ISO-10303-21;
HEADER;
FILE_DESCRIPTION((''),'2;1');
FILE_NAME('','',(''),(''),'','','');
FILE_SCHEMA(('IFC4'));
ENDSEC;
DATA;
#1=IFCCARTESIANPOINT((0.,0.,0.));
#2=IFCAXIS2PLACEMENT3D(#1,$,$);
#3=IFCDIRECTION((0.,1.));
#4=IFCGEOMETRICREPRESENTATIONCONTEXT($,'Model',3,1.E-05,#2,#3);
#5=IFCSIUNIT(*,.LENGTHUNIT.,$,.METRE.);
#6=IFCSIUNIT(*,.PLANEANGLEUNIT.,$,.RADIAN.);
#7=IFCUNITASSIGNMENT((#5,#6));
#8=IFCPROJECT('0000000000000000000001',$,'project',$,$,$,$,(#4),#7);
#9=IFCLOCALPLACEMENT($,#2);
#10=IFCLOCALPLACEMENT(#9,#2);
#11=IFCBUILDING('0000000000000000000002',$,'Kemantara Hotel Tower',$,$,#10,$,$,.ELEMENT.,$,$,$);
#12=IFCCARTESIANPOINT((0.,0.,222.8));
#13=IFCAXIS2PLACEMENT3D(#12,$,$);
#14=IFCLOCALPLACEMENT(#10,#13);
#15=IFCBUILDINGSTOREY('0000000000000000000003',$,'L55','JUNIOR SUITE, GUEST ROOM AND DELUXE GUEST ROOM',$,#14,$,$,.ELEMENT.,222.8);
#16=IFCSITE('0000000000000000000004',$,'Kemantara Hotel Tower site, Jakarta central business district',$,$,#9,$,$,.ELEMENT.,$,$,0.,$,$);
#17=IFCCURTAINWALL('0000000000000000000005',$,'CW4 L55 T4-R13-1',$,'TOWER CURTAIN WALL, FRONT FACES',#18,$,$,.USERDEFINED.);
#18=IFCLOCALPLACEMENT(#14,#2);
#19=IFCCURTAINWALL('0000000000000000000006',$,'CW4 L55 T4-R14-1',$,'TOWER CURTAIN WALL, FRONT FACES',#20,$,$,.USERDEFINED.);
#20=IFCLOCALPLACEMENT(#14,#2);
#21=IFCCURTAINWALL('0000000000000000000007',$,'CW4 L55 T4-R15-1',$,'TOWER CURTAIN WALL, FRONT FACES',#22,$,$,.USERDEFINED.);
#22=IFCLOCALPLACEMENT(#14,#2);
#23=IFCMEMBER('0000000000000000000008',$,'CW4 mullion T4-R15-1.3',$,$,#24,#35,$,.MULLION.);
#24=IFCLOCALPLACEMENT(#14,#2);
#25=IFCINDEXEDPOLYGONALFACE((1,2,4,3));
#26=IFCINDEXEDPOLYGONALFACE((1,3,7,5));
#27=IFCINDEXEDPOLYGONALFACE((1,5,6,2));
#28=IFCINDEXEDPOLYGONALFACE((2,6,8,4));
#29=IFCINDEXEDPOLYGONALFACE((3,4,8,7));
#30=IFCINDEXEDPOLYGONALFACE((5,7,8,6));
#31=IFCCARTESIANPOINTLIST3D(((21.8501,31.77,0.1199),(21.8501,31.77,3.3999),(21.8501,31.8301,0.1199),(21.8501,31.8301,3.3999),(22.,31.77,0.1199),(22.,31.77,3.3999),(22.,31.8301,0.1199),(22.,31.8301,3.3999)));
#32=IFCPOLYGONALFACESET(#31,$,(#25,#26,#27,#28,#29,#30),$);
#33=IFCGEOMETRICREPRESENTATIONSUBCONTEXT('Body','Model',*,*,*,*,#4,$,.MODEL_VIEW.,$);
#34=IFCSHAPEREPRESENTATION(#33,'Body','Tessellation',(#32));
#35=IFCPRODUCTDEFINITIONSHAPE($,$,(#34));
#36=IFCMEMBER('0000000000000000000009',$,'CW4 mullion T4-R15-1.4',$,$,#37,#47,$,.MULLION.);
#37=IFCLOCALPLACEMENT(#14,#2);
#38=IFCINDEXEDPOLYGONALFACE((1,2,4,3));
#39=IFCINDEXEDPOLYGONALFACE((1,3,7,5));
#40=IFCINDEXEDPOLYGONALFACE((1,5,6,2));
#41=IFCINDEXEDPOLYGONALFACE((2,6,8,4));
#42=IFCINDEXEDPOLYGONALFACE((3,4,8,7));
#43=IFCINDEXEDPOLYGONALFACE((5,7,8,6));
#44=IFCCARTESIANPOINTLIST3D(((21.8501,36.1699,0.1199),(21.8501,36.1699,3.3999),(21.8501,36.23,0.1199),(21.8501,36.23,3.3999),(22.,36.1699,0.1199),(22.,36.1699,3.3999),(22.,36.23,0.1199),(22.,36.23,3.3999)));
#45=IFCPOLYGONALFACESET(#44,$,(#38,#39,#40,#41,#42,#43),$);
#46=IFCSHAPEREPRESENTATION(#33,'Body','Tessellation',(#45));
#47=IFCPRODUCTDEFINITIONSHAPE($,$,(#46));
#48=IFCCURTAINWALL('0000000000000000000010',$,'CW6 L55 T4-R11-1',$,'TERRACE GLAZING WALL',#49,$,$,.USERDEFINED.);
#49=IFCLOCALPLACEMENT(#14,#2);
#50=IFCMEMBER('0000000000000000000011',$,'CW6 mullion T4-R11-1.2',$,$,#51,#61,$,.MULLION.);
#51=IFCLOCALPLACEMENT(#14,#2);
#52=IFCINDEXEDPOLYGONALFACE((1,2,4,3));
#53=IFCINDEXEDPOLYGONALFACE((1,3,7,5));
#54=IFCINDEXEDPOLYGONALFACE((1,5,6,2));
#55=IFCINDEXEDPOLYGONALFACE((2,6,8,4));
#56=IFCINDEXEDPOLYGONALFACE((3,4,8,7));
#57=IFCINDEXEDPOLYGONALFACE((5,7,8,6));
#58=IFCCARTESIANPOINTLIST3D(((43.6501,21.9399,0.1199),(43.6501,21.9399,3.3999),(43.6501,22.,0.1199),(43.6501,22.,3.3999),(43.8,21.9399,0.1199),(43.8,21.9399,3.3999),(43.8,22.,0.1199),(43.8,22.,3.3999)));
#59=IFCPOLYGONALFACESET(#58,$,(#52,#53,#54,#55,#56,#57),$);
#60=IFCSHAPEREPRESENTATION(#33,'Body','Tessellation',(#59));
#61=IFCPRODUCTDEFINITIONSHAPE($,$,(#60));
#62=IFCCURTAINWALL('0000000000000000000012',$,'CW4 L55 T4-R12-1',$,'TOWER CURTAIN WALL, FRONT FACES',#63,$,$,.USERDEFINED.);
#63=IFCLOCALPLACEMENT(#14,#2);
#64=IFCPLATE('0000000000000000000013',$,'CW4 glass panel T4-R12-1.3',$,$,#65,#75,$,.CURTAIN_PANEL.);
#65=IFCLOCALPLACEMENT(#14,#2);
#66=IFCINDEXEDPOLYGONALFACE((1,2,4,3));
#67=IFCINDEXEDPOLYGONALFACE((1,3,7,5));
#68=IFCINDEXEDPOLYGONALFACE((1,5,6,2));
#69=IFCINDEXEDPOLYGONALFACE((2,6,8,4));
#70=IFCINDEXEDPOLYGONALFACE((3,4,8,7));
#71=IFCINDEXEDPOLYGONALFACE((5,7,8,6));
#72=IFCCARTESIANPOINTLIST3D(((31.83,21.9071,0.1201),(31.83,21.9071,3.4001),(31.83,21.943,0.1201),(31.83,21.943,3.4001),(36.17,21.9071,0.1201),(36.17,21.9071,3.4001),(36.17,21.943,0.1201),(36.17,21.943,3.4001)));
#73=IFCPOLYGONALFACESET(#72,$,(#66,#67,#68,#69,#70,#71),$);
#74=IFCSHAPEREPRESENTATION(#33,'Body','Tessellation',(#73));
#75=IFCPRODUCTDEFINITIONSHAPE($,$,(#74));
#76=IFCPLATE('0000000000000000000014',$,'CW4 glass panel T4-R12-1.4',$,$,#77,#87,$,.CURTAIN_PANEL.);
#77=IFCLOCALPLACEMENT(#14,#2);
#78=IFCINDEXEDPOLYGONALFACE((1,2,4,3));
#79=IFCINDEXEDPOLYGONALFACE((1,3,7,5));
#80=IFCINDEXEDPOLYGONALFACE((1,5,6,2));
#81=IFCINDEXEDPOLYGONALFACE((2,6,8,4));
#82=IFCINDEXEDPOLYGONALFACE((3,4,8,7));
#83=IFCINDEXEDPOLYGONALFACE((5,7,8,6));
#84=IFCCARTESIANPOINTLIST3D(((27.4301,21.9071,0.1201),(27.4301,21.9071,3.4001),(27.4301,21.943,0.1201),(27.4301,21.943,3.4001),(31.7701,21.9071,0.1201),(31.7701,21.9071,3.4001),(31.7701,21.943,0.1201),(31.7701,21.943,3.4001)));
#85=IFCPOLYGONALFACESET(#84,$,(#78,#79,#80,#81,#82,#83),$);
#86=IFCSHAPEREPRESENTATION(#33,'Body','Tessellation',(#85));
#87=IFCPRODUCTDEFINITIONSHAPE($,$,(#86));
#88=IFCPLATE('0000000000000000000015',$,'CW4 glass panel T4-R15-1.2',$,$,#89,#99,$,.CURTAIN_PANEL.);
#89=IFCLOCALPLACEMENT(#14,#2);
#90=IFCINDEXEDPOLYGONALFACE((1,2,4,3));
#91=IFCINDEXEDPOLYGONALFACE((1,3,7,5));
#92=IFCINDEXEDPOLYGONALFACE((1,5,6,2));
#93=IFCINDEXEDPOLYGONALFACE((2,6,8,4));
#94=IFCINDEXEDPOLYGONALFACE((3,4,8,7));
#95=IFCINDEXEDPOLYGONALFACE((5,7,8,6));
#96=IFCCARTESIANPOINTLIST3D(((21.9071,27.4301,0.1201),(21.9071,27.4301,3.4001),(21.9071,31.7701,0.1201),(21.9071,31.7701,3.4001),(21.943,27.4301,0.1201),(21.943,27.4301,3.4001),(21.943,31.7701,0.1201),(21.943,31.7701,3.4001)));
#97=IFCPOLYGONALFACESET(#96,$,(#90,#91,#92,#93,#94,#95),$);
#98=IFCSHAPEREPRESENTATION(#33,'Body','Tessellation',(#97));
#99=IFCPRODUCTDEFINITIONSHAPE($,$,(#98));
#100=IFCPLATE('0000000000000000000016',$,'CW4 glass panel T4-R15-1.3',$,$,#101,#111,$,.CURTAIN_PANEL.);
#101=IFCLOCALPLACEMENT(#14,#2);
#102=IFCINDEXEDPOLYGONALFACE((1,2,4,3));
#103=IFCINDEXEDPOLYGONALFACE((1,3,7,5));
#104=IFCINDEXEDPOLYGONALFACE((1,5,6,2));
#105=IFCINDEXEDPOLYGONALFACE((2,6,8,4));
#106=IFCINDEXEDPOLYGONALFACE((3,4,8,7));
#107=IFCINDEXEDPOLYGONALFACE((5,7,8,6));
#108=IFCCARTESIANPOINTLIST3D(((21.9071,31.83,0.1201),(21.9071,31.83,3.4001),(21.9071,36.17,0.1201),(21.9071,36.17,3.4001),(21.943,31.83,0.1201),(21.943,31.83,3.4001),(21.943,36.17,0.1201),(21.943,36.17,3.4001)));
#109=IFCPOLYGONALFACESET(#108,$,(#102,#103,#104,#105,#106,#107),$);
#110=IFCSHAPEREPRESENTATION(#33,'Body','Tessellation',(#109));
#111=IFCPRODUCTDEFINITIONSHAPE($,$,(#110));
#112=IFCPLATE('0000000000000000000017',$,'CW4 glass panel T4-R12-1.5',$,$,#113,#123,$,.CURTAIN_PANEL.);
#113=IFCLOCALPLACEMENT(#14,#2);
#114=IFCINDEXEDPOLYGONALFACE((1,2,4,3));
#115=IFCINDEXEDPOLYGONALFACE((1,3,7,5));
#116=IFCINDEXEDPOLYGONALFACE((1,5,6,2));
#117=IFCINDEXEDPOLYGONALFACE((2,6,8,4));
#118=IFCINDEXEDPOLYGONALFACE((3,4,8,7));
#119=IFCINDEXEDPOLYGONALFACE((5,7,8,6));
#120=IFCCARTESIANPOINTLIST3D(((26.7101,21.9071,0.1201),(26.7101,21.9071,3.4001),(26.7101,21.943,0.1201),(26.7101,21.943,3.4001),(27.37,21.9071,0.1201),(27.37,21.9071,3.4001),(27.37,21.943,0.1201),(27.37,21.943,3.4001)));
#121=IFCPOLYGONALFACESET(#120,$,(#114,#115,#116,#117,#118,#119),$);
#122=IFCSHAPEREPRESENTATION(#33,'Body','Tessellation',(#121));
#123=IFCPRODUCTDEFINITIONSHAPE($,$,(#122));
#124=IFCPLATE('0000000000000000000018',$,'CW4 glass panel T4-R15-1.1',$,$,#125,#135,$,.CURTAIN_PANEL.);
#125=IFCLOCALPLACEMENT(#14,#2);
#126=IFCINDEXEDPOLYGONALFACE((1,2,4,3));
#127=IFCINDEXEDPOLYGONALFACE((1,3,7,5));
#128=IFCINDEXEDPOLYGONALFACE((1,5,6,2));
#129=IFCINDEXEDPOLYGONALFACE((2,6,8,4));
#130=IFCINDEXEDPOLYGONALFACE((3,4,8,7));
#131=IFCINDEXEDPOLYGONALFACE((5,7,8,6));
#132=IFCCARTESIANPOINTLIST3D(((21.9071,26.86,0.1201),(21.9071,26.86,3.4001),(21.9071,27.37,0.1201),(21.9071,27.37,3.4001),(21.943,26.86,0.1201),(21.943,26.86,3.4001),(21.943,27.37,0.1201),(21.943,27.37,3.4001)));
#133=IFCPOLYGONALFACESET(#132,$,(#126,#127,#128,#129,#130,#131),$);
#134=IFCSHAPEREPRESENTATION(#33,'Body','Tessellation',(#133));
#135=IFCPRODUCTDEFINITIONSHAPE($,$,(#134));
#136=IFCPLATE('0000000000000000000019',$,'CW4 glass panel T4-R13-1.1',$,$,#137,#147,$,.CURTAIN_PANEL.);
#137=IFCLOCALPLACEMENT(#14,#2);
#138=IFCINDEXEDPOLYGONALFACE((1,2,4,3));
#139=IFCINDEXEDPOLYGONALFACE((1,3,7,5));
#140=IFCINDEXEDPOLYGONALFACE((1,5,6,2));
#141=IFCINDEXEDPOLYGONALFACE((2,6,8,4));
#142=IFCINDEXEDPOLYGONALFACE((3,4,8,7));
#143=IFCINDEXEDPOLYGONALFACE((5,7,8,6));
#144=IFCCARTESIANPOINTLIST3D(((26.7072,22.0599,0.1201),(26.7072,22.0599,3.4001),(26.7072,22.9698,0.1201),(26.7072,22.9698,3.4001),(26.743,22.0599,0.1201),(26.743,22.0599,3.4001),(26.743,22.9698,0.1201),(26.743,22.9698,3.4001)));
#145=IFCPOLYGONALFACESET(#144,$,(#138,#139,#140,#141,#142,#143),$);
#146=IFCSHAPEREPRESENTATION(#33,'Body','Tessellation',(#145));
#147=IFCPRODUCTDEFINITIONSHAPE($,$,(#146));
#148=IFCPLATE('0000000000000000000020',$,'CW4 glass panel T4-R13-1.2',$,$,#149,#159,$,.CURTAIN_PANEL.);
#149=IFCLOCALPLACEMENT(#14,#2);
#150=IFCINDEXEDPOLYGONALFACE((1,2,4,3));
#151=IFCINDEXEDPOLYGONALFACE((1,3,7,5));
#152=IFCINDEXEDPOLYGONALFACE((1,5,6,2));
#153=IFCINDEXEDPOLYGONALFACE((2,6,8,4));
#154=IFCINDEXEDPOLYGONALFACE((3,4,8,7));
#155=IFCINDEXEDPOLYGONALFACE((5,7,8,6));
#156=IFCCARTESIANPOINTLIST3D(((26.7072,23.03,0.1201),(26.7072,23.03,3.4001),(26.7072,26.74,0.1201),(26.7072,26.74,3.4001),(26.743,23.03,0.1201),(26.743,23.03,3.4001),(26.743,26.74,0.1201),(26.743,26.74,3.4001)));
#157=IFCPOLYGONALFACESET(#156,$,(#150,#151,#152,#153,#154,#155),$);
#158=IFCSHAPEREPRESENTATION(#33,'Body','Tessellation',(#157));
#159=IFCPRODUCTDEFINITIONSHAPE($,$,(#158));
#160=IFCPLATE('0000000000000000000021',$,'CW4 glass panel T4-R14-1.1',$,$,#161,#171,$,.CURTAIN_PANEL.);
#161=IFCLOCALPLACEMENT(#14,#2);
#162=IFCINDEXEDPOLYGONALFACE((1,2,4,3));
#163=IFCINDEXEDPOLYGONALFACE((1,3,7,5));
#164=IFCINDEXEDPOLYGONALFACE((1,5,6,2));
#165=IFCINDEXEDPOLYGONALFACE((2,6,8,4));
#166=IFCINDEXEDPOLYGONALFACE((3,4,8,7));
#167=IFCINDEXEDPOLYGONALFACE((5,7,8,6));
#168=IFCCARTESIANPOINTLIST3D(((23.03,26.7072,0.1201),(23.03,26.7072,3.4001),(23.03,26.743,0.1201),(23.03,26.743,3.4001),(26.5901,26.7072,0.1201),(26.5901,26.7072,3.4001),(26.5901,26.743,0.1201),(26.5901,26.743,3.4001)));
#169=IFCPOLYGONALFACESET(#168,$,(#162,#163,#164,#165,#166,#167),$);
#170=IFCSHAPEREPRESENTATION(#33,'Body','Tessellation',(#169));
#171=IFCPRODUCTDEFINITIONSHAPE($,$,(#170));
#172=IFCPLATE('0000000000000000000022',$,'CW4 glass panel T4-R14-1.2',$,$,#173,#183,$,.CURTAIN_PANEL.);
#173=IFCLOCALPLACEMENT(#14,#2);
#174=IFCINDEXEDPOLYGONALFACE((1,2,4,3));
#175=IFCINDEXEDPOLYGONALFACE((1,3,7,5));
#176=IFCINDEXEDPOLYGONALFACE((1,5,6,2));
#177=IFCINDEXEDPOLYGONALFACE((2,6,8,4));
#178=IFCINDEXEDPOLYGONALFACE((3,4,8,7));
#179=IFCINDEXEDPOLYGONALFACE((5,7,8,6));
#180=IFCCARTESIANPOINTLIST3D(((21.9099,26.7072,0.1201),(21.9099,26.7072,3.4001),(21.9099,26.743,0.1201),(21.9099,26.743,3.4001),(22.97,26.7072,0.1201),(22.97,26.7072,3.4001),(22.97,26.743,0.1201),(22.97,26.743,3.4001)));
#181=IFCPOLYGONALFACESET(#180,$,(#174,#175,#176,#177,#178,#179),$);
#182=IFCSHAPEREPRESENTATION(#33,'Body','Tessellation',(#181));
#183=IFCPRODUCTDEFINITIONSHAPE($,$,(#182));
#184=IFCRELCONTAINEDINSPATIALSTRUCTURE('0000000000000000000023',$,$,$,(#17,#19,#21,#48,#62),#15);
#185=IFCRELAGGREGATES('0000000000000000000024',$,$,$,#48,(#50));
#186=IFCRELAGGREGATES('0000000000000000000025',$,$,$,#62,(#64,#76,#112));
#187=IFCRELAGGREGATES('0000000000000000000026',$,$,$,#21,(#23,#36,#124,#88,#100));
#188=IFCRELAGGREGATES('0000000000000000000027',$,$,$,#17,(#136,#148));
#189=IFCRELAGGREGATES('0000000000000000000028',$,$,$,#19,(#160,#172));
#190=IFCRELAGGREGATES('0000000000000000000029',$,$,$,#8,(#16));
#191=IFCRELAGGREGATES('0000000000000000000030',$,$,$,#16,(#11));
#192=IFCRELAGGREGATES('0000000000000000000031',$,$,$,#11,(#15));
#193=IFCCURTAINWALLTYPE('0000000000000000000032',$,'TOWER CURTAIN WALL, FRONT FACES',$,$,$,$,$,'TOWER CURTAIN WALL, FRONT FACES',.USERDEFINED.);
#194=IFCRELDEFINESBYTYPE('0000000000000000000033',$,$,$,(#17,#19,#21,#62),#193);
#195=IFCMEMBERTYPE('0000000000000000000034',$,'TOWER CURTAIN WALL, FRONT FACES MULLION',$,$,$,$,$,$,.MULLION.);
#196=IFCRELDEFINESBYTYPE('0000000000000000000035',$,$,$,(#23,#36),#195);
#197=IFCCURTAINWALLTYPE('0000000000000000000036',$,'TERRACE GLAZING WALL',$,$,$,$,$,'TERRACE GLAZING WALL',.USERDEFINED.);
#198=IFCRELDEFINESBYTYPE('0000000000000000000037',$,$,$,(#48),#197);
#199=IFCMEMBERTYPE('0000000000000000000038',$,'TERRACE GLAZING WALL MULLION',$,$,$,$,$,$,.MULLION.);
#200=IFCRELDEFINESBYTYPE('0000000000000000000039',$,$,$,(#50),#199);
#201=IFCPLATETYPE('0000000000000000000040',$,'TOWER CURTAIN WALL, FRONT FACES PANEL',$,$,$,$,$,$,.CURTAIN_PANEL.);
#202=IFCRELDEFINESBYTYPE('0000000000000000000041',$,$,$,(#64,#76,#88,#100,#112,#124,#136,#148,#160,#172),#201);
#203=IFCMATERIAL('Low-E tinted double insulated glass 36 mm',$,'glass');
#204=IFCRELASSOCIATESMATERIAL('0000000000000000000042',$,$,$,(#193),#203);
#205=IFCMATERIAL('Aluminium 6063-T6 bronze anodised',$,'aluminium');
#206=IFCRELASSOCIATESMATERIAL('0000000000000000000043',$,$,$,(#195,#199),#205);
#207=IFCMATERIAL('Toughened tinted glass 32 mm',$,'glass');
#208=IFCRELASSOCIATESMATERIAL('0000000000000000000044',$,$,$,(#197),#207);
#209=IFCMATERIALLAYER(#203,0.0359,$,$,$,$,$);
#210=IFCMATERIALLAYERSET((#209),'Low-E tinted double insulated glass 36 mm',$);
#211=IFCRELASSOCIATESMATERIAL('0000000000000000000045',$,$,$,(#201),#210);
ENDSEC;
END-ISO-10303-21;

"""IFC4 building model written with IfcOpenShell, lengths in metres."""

from ifc_helpers import new_model, si_unit, direction, frame, origin, origin_2d, place, context, subcontext, project, spatial, rectangle, extrude, source, transform, mapped, material, layer, layer_set, material_profile, profile_set, type_object, element, aggregate, save


model = new_model("IFC4")

# Units and contexts
model_context = context("Model", 3, precision=1e-05, world=origin(), true_north=direction((0.0, 1.0)))
body_context = subcontext(model_context, "Body", "Model", "MODEL_VIEW")
ifc_project = project(units=[si_unit("LENGTHUNIT", "METRE"), si_unit("PLANEANGLEUNIT", "RADIAN")], contexts=[model_context])

# Site, building, storey
site_placement = place(None, origin())
site = spatial("IfcSite", under=ifc_project, at=site_placement, Name="Kemantara Hotel Tower site, Jakarta central business district", CompositionType="ELEMENT", RefElevation=0.0)
building_placement = place(site_placement, origin())
building = spatial("IfcBuilding", under=site, at=building_placement, Name="Kemantara Hotel Tower", CompositionType="ELEMENT")
storey_placement = place(building_placement, frame((0.0, 0.0, 222.8)))
storey = spatial("IfcBuildingStorey", under=building, at=storey_placement, Name="L55", Description="JUNIOR SUITE, GUEST ROOM AND DELUXE GUEST ROOM", CompositionType="ELEMENT", Elevation=222.8)

# Curtain walls
ifc_material_1 = material(Name="Low-E tinted double insulated glass 36 mm", Category="glass")
curtain_wall_type_1 = type_object("IfcCurtainWallType", Name="TOWER CURTAIN WALL, FRONT FACES", ElementType="TOWER CURTAIN WALL, FRONT FACES", PredefinedType="USERDEFINED", material=ifc_material_1)
curtain_wall_1_placement = place(storey_placement, origin())
curtain_wall_1 = element("IfcCurtainWall", 1, at=curtain_wall_1_placement, inside=storey, type_object=curtain_wall_type_1, Name="CW4 L55 T4-R13-1", ObjectType="TOWER CURTAIN WALL, FRONT FACES", PredefinedType="USERDEFINED")
ifc_material_2 = material(Name="Aluminium 6063-T6 bronze anodised", Category="aluminium")
curtain_wall_2_placement = place(storey_placement, origin())
curtain_wall_2 = element("IfcCurtainWall", 2, at=curtain_wall_2_placement, inside=storey, type_object=curtain_wall_type_1, Name="CW4 L55 T4-R14-1", ObjectType="TOWER CURTAIN WALL, FRONT FACES", PredefinedType="USERDEFINED")
curtain_wall_3_placement = place(storey_placement, origin())
curtain_wall_3 = element("IfcCurtainWall", 3, at=curtain_wall_3_placement, inside=storey, type_object=curtain_wall_type_1, Name="CW4 L55 T4-R15-1", ObjectType="TOWER CURTAIN WALL, FRONT FACES", PredefinedType="USERDEFINED")

# Members
ifc_material_profile_1 = material_profile(ifc_material_2, rectangle(XDim=0.1499, YDim=0.0601, at=origin_2d()), Name="TOWER CURTAIN WALL, FRONT FACES MULLION")
ifc_profile_set_1 = profile_set([ifc_material_profile_1], Name="Aluminium 6063-T6 bronze anodised")
member_type_1 = type_object("IfcMemberType", Name="TOWER CURTAIN WALL, FRONT FACES MULLION", PredefinedType="MULLION", material=ifc_profile_set_1)
shared_shape_1 = source(origin(), body_context, "Body", "SweptSolid", [
    extrude(rectangle(XDim=0.1499, YDim=0.0601, at=origin_2d()), origin(), (0.0, 0.0, 1.0), 3.28),
])
member_1_placement = place(storey_placement, frame((21.925, 31.8, 0.1199), z_axis=(0.0, 0.0, 1.0), x_axis=(-1.0, 0.0, 0.0)))
member_1 = element("IfcMember", 4, at=member_1_placement, type_object=member_type_1, Name="CW4 mullion T4-R15-1.3", PredefinedType="MULLION", context=body_context, shape_type="MappedRepresentation", body=[
    mapped(shared_shape_1, transform((0.0, 0.0, 0.0))),
])
member_2_placement = place(storey_placement, frame((21.925, 36.2, 0.1199), z_axis=(0.0, 0.0, 1.0), x_axis=(-1.0, 0.0, 0.0)))
member_2 = element("IfcMember", 5, at=member_2_placement, type_object=member_type_1, Name="CW4 mullion T4-R15-1.4", PredefinedType="MULLION", context=body_context, shape_type="MappedRepresentation", body=[
    mapped(shared_shape_1, transform((0.0, 0.0, 0.0))),
])

# Curtain wall, member
ifc_material_3 = material(Name="Toughened tinted glass 32 mm", Category="glass")
curtain_wall_type_2 = type_object("IfcCurtainWallType", Name="TERRACE GLAZING WALL", ElementType="TERRACE GLAZING WALL", PredefinedType="USERDEFINED", material=ifc_material_3)
curtain_wall_4_placement = place(storey_placement, origin())
curtain_wall_4 = element("IfcCurtainWall", 6, at=curtain_wall_4_placement, inside=storey, type_object=curtain_wall_type_2, Name="CW6 L55 T4-R11-1", ObjectType="TERRACE GLAZING WALL", PredefinedType="USERDEFINED")
ifc_material_profile_2 = material_profile(ifc_material_2, rectangle(XDim=0.1499, YDim=0.0601, at=origin_2d()), Name="TERRACE GLAZING WALL MULLION")
ifc_profile_set_2 = profile_set([ifc_material_profile_2], Name="Aluminium 6063-T6 bronze anodised")
member_type_2 = type_object("IfcMemberType", Name="TERRACE GLAZING WALL MULLION", PredefinedType="MULLION", material=ifc_profile_set_2)
shared_shape_2 = source(origin(), body_context, "Body", "SweptSolid", [
    extrude(rectangle(XDim=0.1499, YDim=0.0601, at=origin_2d()), origin(), (0.0, 0.0, 1.0), 3.28),
])
member_3_placement = place(storey_placement, frame((43.7251, 21.97, 0.1199), z_axis=(0.0, 0.0, 1.0), x_axis=(-1.0, 0.0, 0.0)))
member_3 = element("IfcMember", 7, at=member_3_placement, type_object=member_type_2, Name="CW6 mullion T4-R11-1.2", PredefinedType="MULLION", context=body_context, shape_type="MappedRepresentation", body=[
    mapped(shared_shape_2, transform((0.0, 0.0, 0.0))),
])
aggregate(curtain_wall_4, [member_3])

# Curtain wall, plates
curtain_wall_5_placement = place(storey_placement, origin())
curtain_wall_5 = element("IfcCurtainWall", 8, at=curtain_wall_5_placement, inside=storey, type_object=curtain_wall_type_1, Name="CW4 L55 T4-R12-1", ObjectType="TOWER CURTAIN WALL, FRONT FACES", PredefinedType="USERDEFINED")
ifc_layer_1 = layer(ifc_material_1, 0.0359)
ifc_layer_set_1 = layer_set([ifc_layer_1], Name="Low-E tinted double insulated glass 36 mm")
plate_type = type_object("IfcPlateType", Name="TOWER CURTAIN WALL, FRONT FACES PANEL", PredefinedType="CURTAIN_PANEL", material=ifc_layer_set_1)
shared_shape_3 = source(origin(), body_context, "Body", "SweptSolid", [
    extrude(rectangle(XDim=4.3401, YDim=0.0359, at=origin_2d()), origin(), (0.0, 0.0, 1.0), 3.28),
])
plate_1_placement = place(storey_placement, frame((34.0, 21.925, 0.1201), z_axis=(0.0, 0.0, 1.0), x_axis=(-1.0, 0.0, 0.0)))
plate_1 = element("IfcPlate", 9, at=plate_1_placement, type_object=plate_type, Name="CW4 glass panel T4-R12-1.3", PredefinedType="CURTAIN_PANEL", context=body_context, shape_type="MappedRepresentation", body=[
    mapped(shared_shape_3, transform((0.0, 0.0, 0.0))),
])
plate_2_placement = place(storey_placement, frame((29.6001, 21.925, 0.1201), z_axis=(0.0, 0.0, 1.0), x_axis=(-1.0, 0.0, 0.0)))
plate_2 = element("IfcPlate", 10, at=plate_2_placement, type_object=plate_type, Name="CW4 glass panel T4-R12-1.4", PredefinedType="CURTAIN_PANEL", context=body_context, shape_type="MappedRepresentation", body=[
    mapped(shared_shape_3, transform((0.0, 0.0, 0.0))),
])

# Plates
plate_3_placement = place(storey_placement, frame((21.925, 29.6001, 0.1201), z_axis=(0.0, 0.0, 1.0), x_axis=(0.0, 1.0, 0.0)))
plate_3 = element("IfcPlate", 11, at=plate_3_placement, type_object=plate_type, Name="CW4 glass panel T4-R15-1.2", PredefinedType="CURTAIN_PANEL", context=body_context, shape_type="MappedRepresentation", body=[
    mapped(shared_shape_3, transform((0.0, 0.0, 0.0))),
])
plate_4_placement = place(storey_placement, frame((21.925, 34.0, 0.1201), z_axis=(0.0, 0.0, 1.0), x_axis=(0.0, 1.0, 0.0)))
plate_4 = element("IfcPlate", 12, at=plate_4_placement, type_object=plate_type, Name="CW4 glass panel T4-R15-1.3", PredefinedType="CURTAIN_PANEL", context=body_context, shape_type="MappedRepresentation", body=[
    mapped(shared_shape_3, transform((0.0, 0.0, 0.0))),
])
shared_shape_4 = source(origin(), body_context, "Body", "SweptSolid", [
    extrude(rectangle(XDim=0.6599, YDim=0.0359, at=origin_2d()), origin(), (0.0, 0.0, 1.0), 3.28),
])
plate_5_placement = place(storey_placement, frame((27.04, 21.925, 0.1201), z_axis=(0.0, 0.0, 1.0), x_axis=(-1.0, 0.0, 0.0)))
plate_5 = element("IfcPlate", 13, at=plate_5_placement, type_object=plate_type, Name="CW4 glass panel T4-R12-1.5", PredefinedType="CURTAIN_PANEL", context=body_context, shape_type="MappedRepresentation", body=[
    mapped(shared_shape_4, transform((0.0, 0.0, 0.0))),
])
aggregate(curtain_wall_5, [plate_1, plate_2, plate_5])
shared_shape_5 = source(origin(), body_context, "Body", "SweptSolid", [
    extrude(rectangle(XDim=0.51, YDim=0.0359, at=origin_2d()), origin(), (0.0, 0.0, 1.0), 3.28),
])
plate_6_placement = place(storey_placement, frame((21.925, 27.115, 0.1201), z_axis=(0.0, 0.0, 1.0), x_axis=(0.0, 1.0, 0.0)))
plate_6 = element("IfcPlate", 14, at=plate_6_placement, type_object=plate_type, Name="CW4 glass panel T4-R15-1.1", PredefinedType="CURTAIN_PANEL", context=body_context, shape_type="MappedRepresentation", body=[
    mapped(shared_shape_5, transform((0.0, 0.0, 0.0))),
])
aggregate(curtain_wall_3, [member_1, member_2, plate_6, plate_3, plate_4])
shared_shape_6 = source(origin(), body_context, "Body", "SweptSolid", [
    extrude(rectangle(XDim=0.9099, YDim=0.0359, at=origin_2d()), origin(), (0.0, 0.0, 1.0), 3.28),
])
plate_7_placement = place(storey_placement, frame((26.7251, 22.5149, 0.1201), z_axis=(0.0, 0.0, 1.0), x_axis=(0.0, 1.0, 0.0)))
plate_7 = element("IfcPlate", 15, at=plate_7_placement, type_object=plate_type, Name="CW4 glass panel T4-R13-1.1", PredefinedType="CURTAIN_PANEL", context=body_context, shape_type="MappedRepresentation", body=[
    mapped(shared_shape_6, transform((0.0, 0.0, 0.0))),
])
shared_shape_7 = source(origin(), body_context, "Body", "SweptSolid", [
    extrude(rectangle(XDim=3.71, YDim=0.0359, at=origin_2d()), origin(), (0.0, 0.0, 1.0), 3.28),
])
plate_8_placement = place(storey_placement, frame((26.7251, 24.885, 0.1201), z_axis=(0.0, 0.0, 1.0), x_axis=(0.0, 1.0, 0.0)))
plate_8 = element("IfcPlate", 16, at=plate_8_placement, type_object=plate_type, Name="CW4 glass panel T4-R13-1.2", PredefinedType="CURTAIN_PANEL", context=body_context, shape_type="MappedRepresentation", body=[
    mapped(shared_shape_7, transform((0.0, 0.0, 0.0))),
])
aggregate(curtain_wall_1, [plate_7, plate_8])
shared_shape_8 = source(origin(), body_context, "Body", "SweptSolid", [
    extrude(rectangle(XDim=3.5601, YDim=0.0359, at=origin_2d()), origin(), (0.0, 0.0, 1.0), 3.28),
])
plate_9_placement = place(storey_placement, frame((24.8101, 26.7251, 0.1201), z_axis=(0.0, 0.0, 1.0), x_axis=(-1.0, 0.0, 0.0)))
plate_9 = element("IfcPlate", 17, at=plate_9_placement, type_object=plate_type, Name="CW4 glass panel T4-R14-1.1", PredefinedType="CURTAIN_PANEL", context=body_context, shape_type="MappedRepresentation", body=[
    mapped(shared_shape_8, transform((0.0, 0.0, 0.0))),
])
shared_shape_9 = source(origin(), body_context, "Body", "SweptSolid", [
    extrude(rectangle(XDim=1.0601, YDim=0.0359, at=origin_2d()), origin(), (0.0, 0.0, 1.0), 3.28),
])
plate_10_placement = place(storey_placement, frame((22.4399, 26.7251, 0.1201), z_axis=(0.0, 0.0, 1.0), x_axis=(-1.0, 0.0, 0.0)))
plate_10 = element("IfcPlate", 18, at=plate_10_placement, type_object=plate_type, Name="CW4 glass panel T4-R14-1.2", PredefinedType="CURTAIN_PANEL", context=body_context, shape_type="MappedRepresentation", body=[
    mapped(shared_shape_9, transform((0.0, 0.0, 0.0))),
])
aggregate(curtain_wall_2, [plate_9, plate_10])

save(model, "model.ifc")
